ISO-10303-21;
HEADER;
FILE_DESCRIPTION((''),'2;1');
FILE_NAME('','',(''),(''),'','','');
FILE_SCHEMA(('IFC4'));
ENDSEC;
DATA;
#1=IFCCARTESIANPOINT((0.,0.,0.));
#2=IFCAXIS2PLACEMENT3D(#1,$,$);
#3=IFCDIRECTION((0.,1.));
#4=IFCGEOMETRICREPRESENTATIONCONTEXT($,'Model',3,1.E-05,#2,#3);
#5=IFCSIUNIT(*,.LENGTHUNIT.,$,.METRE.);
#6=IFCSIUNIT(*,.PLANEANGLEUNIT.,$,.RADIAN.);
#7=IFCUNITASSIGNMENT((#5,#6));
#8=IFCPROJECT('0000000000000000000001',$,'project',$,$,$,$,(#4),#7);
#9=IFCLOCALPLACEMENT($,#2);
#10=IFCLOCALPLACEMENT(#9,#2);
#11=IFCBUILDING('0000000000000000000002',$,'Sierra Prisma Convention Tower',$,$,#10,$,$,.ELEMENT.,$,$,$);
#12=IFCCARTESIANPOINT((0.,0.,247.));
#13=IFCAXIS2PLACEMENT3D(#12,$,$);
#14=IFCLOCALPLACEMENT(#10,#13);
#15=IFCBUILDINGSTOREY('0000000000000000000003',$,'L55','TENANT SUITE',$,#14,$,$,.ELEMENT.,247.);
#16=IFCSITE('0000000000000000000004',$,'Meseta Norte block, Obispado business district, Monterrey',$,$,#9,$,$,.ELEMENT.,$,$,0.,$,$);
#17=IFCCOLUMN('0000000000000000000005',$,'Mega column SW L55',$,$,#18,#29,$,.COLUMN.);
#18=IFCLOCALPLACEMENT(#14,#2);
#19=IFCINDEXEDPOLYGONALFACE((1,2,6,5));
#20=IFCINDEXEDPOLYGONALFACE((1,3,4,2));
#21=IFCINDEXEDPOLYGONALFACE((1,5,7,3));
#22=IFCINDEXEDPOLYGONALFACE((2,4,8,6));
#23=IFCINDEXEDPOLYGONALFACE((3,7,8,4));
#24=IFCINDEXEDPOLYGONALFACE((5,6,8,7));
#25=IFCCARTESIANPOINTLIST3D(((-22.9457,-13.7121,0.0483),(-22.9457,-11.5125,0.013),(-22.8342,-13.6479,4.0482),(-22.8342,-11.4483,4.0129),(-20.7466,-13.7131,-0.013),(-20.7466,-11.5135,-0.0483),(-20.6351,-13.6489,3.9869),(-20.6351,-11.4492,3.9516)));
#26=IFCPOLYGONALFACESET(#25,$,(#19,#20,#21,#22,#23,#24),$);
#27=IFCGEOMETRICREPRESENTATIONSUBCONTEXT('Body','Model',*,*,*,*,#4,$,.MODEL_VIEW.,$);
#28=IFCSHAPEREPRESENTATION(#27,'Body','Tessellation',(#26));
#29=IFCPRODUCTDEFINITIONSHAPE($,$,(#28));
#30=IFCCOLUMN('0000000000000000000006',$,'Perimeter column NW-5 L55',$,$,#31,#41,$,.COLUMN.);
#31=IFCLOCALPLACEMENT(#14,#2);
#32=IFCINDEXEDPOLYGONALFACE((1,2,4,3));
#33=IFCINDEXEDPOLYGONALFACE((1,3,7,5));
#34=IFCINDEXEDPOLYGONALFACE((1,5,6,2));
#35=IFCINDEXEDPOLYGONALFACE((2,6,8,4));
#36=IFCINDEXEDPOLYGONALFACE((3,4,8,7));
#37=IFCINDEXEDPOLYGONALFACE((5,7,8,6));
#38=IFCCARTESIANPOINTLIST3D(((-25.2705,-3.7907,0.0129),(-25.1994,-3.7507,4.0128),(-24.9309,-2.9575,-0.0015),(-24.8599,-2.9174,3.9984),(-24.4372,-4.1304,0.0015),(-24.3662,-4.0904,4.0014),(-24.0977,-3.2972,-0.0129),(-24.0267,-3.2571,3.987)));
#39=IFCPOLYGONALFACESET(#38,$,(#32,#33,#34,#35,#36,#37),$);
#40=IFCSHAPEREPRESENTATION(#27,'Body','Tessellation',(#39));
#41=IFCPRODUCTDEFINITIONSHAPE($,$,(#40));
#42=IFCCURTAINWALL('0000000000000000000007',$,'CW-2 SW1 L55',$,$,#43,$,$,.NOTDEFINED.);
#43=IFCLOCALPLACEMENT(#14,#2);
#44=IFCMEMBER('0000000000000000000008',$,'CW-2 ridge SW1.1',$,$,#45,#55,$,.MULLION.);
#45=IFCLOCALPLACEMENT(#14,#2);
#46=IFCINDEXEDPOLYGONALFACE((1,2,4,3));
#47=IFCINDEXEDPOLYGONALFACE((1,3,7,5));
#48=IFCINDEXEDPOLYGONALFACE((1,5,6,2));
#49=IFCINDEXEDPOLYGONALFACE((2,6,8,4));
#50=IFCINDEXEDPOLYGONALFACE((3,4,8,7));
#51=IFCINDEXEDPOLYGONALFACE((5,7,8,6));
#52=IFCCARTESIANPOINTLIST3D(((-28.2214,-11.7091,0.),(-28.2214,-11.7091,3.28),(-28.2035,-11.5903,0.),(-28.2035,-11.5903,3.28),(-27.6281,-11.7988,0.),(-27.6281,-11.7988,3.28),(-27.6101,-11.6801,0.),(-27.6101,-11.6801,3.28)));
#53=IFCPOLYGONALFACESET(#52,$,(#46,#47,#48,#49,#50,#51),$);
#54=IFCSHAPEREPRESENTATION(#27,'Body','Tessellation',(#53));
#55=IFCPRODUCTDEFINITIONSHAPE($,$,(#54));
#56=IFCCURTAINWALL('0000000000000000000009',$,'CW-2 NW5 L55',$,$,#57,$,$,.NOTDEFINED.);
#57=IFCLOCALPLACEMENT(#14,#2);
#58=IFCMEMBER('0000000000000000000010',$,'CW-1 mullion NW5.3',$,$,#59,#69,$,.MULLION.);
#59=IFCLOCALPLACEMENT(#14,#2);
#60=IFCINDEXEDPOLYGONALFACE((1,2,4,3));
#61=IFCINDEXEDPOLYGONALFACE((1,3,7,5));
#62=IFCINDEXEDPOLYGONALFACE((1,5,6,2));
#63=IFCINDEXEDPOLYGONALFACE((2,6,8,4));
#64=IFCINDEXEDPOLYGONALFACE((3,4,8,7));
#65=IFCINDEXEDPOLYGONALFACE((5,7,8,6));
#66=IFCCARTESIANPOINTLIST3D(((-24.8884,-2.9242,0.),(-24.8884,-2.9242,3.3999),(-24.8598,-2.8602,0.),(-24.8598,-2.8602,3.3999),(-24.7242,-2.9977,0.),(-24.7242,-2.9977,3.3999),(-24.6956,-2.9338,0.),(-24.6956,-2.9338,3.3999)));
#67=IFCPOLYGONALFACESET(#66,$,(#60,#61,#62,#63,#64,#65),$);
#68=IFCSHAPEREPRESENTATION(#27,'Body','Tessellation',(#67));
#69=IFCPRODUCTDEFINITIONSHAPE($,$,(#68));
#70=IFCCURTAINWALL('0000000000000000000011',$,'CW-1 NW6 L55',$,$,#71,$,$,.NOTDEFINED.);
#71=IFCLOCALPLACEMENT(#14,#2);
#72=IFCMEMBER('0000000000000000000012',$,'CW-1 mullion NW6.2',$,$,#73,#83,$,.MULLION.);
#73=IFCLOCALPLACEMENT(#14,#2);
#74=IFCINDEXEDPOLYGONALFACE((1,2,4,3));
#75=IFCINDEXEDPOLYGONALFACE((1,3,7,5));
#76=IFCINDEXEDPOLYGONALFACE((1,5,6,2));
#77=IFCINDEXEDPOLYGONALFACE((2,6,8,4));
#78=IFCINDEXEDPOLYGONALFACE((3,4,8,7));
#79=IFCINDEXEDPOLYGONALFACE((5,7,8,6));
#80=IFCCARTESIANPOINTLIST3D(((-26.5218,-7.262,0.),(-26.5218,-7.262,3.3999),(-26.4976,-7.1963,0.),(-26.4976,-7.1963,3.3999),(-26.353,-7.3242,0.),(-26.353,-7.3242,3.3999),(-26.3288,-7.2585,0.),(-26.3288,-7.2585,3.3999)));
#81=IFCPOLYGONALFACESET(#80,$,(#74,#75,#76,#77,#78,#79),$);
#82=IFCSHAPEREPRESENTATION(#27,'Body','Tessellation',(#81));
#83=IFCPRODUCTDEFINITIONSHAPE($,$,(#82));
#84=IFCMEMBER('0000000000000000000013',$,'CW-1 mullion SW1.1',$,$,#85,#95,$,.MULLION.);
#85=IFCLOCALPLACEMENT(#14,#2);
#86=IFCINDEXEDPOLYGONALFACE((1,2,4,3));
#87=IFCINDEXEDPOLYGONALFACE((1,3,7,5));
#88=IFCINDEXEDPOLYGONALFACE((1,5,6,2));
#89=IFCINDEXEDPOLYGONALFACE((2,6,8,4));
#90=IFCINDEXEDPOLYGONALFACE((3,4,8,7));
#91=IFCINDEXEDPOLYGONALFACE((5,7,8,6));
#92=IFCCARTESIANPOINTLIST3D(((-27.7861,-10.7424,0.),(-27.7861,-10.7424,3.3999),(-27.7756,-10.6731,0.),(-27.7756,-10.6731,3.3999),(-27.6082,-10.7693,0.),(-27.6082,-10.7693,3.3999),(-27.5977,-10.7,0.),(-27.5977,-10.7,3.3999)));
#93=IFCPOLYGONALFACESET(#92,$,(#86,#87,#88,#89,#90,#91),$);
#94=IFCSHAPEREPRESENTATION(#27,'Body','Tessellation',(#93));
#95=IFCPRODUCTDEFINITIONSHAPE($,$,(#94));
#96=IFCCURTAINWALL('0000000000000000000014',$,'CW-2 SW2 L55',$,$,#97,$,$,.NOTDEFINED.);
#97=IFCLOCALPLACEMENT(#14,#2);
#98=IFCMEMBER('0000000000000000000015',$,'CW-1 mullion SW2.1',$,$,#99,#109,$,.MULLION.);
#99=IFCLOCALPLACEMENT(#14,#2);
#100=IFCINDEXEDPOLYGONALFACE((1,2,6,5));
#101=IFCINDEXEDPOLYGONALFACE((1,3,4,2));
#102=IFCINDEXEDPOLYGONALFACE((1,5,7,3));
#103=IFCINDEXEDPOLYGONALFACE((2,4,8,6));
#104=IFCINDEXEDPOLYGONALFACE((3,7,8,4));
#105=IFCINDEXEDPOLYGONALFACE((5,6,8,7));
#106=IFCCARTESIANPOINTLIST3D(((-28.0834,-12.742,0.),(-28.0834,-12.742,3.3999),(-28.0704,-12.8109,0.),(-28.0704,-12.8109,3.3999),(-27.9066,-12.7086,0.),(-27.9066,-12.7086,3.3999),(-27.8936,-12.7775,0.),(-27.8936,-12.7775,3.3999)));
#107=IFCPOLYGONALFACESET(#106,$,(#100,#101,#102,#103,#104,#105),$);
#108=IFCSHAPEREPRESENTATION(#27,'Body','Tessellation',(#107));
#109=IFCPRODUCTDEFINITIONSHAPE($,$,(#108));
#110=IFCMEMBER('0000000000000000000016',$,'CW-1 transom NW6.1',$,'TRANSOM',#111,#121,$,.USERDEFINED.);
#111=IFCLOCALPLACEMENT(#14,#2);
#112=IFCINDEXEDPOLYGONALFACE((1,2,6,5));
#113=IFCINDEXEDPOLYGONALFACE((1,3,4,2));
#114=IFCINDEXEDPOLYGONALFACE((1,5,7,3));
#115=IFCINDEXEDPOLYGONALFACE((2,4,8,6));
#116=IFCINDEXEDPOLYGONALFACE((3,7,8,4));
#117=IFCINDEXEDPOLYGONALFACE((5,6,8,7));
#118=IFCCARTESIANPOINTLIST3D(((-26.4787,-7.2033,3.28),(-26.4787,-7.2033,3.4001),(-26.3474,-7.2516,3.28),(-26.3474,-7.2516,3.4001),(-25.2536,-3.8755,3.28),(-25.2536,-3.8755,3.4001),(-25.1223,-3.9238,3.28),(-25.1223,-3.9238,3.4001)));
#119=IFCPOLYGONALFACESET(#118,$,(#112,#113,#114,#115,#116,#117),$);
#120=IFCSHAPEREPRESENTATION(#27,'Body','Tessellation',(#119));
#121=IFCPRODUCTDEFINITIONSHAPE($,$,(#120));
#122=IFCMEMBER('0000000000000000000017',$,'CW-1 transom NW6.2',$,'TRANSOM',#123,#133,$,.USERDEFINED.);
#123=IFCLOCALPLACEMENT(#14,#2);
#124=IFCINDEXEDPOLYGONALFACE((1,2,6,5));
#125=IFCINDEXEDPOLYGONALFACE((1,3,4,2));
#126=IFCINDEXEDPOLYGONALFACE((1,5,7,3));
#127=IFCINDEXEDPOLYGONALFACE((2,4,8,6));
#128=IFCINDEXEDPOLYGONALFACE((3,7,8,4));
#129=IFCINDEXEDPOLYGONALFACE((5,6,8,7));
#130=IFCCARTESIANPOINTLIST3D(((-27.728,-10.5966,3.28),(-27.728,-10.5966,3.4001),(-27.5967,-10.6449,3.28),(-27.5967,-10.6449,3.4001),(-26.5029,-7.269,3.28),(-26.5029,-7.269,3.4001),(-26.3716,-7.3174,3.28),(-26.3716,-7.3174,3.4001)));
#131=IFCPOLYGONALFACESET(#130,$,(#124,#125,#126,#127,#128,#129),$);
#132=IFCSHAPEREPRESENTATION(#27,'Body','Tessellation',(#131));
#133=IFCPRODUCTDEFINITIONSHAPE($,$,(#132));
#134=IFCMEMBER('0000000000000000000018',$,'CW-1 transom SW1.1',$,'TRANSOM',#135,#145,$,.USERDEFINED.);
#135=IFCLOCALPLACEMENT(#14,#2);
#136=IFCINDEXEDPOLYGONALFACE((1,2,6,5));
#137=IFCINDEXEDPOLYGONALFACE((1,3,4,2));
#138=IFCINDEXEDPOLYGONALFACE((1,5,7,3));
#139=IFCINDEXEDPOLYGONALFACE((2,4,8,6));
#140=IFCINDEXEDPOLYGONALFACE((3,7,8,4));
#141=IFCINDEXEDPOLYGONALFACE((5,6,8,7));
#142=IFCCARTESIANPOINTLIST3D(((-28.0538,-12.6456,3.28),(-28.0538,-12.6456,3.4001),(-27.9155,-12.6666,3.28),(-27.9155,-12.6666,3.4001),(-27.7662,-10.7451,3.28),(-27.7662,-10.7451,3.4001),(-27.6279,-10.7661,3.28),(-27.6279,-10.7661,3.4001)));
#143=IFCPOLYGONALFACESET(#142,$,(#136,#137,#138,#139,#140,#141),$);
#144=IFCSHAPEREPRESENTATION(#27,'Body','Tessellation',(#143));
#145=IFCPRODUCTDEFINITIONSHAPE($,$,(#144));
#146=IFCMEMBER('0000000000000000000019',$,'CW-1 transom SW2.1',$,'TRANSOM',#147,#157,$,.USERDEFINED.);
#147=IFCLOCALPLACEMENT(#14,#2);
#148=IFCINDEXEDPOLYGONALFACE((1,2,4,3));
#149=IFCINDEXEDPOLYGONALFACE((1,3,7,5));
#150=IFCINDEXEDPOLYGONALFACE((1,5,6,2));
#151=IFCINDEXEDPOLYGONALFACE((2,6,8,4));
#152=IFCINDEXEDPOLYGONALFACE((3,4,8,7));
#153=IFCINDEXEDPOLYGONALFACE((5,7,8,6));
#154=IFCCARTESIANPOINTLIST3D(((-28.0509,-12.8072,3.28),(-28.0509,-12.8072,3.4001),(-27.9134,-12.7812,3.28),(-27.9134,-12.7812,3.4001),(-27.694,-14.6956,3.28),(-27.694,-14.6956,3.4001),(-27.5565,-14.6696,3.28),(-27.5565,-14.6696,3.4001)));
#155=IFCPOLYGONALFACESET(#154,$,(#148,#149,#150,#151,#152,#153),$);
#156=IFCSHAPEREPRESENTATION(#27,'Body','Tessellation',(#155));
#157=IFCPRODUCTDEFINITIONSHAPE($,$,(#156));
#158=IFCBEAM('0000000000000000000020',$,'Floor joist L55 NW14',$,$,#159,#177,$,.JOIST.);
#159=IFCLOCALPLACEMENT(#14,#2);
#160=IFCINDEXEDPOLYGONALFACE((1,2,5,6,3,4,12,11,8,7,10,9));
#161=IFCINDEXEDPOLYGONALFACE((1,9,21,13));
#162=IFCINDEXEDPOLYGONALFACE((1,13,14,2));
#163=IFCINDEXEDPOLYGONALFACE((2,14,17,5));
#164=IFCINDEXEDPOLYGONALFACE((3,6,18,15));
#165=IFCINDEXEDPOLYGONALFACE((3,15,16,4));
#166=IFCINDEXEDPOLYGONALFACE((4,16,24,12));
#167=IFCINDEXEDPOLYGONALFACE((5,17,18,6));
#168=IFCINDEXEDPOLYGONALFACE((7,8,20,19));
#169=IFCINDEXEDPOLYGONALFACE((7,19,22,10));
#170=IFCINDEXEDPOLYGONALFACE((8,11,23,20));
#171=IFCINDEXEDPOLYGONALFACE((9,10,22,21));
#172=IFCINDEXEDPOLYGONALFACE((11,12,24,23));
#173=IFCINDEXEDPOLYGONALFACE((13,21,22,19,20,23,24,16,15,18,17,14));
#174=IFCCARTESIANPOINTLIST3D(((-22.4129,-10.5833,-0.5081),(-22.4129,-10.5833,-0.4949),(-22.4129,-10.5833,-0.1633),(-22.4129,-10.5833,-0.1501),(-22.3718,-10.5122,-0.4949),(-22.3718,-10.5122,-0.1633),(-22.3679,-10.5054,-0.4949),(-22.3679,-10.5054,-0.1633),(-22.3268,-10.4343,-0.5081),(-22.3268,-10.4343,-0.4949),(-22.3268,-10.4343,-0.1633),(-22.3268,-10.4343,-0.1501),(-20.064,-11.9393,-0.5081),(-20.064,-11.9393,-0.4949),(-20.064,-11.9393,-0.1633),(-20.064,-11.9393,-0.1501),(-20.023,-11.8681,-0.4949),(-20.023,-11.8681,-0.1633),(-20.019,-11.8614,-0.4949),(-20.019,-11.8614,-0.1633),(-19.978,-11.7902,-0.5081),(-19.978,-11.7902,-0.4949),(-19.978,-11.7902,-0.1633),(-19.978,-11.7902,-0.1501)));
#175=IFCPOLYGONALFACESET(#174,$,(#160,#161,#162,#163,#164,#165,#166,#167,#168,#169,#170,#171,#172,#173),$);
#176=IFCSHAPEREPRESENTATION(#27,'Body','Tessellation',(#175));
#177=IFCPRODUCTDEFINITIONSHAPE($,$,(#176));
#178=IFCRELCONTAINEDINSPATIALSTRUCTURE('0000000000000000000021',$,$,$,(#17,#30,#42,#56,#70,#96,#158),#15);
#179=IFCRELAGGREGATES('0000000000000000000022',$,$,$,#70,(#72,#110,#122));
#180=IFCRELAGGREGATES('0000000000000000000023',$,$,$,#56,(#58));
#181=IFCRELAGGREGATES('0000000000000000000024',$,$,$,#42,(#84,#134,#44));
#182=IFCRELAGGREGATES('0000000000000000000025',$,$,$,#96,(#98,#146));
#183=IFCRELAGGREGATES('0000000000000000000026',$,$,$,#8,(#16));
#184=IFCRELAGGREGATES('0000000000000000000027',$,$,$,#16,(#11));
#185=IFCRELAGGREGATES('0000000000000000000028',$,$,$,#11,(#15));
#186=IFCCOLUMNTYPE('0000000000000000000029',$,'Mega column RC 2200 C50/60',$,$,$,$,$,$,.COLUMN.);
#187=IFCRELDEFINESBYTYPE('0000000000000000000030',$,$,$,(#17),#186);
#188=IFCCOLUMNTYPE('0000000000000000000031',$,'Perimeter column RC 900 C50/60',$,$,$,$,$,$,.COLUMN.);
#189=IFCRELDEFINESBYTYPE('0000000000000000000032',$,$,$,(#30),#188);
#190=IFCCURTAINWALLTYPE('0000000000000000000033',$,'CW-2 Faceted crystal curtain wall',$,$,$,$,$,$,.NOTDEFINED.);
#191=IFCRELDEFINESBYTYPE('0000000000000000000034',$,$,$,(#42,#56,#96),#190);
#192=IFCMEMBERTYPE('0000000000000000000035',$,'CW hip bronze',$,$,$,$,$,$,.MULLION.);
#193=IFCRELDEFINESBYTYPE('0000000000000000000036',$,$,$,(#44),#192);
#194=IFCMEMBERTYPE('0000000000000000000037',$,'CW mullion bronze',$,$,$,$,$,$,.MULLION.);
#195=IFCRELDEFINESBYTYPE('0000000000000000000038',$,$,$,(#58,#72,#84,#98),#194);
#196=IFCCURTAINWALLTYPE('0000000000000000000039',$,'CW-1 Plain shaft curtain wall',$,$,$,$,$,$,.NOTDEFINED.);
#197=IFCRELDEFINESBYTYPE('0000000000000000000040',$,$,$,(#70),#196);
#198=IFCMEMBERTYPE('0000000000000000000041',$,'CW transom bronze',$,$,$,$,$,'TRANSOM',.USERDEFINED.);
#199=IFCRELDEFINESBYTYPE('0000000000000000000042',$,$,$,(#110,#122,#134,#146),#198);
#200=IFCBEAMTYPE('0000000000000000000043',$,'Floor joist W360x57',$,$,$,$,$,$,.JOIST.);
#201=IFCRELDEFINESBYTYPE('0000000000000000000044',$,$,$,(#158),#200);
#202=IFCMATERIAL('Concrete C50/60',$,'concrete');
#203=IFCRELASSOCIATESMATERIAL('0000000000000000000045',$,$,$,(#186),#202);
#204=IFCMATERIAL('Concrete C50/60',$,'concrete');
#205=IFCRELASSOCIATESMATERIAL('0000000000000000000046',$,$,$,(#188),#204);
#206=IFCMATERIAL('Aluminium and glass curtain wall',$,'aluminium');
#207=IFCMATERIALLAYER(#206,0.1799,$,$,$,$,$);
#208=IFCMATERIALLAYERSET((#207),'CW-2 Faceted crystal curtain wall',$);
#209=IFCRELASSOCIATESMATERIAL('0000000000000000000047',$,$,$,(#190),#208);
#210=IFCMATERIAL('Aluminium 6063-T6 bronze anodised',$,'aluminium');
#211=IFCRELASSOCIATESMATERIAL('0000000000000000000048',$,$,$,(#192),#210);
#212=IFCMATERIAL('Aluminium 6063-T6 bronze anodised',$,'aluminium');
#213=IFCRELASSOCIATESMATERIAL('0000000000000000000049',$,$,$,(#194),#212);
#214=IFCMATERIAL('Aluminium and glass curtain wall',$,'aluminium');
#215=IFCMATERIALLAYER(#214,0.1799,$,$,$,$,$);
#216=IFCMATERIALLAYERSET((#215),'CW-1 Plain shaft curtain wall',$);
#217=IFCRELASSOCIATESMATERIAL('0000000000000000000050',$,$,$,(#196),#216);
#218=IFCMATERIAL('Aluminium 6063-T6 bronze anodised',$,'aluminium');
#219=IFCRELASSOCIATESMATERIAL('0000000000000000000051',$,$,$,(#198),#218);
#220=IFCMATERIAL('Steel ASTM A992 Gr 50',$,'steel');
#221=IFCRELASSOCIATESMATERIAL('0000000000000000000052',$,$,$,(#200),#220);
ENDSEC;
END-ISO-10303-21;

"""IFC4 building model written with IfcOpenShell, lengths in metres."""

from ifc_helpers import new_model, si_unit, direction, frame, origin, origin_2d, place, context, subcontext, project, spatial, rectangle, i_section, extrude, material, layer, layer_set, material_profile, profile_set, type_object, element, aggregate, save


model = new_model("IFC4")

# Units and contexts
model_context = context("Model", 3, precision=1e-05, world=origin(), true_north=direction((0.0, 1.0)))
body_context = subcontext(model_context, "Body", "Model", "MODEL_VIEW")
ifc_project = project(units=[si_unit("LENGTHUNIT", "METRE"), si_unit("PLANEANGLEUNIT", "RADIAN")], contexts=[model_context])

# Site, building, storey
site_placement = place(None, origin())
site = spatial("IfcSite", under=ifc_project, at=site_placement, Name="Meseta Norte block, Obispado business district, Monterrey", CompositionType="ELEMENT", RefElevation=0.0)
building_placement = place(site_placement, origin())
building = spatial("IfcBuilding", under=site, at=building_placement, Name="Sierra Prisma Convention Tower", CompositionType="ELEMENT")
storey_placement = place(building_placement, frame((0.0, 0.0, 247.0)))
storey = spatial("IfcBuildingStorey", under=building, at=storey_placement, Name="L55", Description="TENANT SUITE", CompositionType="ELEMENT", Elevation=247.0)

# Columns
ifc_material_1 = material(Name="Concrete C50/60", Category="concrete")
ifc_material_profile_1 = material_profile(ifc_material_1, rectangle(XDim=2.2, YDim=2.2, at=origin_2d()), Name="Mega column RC 2200 C50/60")
ifc_profile_set_1 = profile_set([ifc_material_profile_1], Name="Concrete C50/60")
column_type_1 = type_object("IfcColumnType", Name="Mega column RC 2200 C50/60", PredefinedType="COLUMN", material=ifc_profile_set_1)
column_1_placement = place(storey_placement, frame((-21.8462, -12.6128, 0.0), z_axis=(0.027879, 0.016044, 0.999483), x_axis=(0.999611, -0.000447, -0.027875)))
element("IfcColumn", 1, at=column_1_placement, inside=storey, type_object=column_type_1, Name="Mega column SW L55", PredefinedType="COLUMN", context=body_context, shape_type="SweptSolid", body=[
    extrude(rectangle(XDim=2.2, YDim=2.2, at=origin_2d()), origin(), (0.0, 0.0, 1.0), 4.002),
])
ifc_material_2 = material(Name="Concrete C50/60", Category="concrete")
ifc_material_profile_2 = material_profile(ifc_material_2, rectangle(XDim=0.8999, YDim=0.8999, at=origin_2d()), Name="Perimeter column RC 900 C50/60")
ifc_profile_set_2 = profile_set([ifc_material_profile_2], Name="Concrete C50/60")
column_type_2 = type_object("IfcColumnType", Name="Perimeter column RC 900 C50/60", PredefinedType="COLUMN", material=ifc_profile_set_2)
column_2_placement = place(storey_placement, frame((-24.6841, -3.5439, 0.0), z_axis=(0.017758, 0.010008, 0.999792), x_axis=(0.377288, 0.925958, -0.01597)))
element("IfcColumn", 2, at=column_2_placement, inside=storey, type_object=column_type_2, Name="Perimeter column NW-5 L55", PredefinedType="COLUMN", context=body_context, shape_type="SweptSolid", body=[
    extrude(rectangle(XDim=0.8999, YDim=0.8999, at=origin_2d()), origin(), (0.0, 0.0, 1.0), 4.0007),
])

# Curtain walls, members
ifc_material_3 = material(Name="Aluminium and glass curtain wall", Category="aluminium")
ifc_layer_1 = layer(ifc_material_3, 0.1799)
ifc_layer_set_1 = layer_set([ifc_layer_1], Name="CW-2 Faceted crystal curtain wall")
curtain_wall_type_1 = type_object("IfcCurtainWallType", Name="CW-2 Faceted crystal curtain wall", PredefinedType="NOTDEFINED", material=ifc_layer_set_1)
curtain_wall_1_placement = place(storey_placement, origin())
curtain_wall_1 = element("IfcCurtainWall", 3, at=curtain_wall_1_placement, inside=storey, type_object=curtain_wall_type_1, Name="CW-2 SW1 L55", PredefinedType="NOTDEFINED")
ifc_material_4 = material(Name="Aluminium 6063-T6 bronze anodised", Category="aluminium")
ifc_material_profile_3 = material_profile(ifc_material_4, rectangle(XDim=0.1201, YDim=0.6001, at=origin_2d()), Name="ALU RIDGE BLADE 120x600")
ifc_profile_set_3 = profile_set([ifc_material_profile_3], Name="Aluminium 6063-T6 bronze anodised")
member_type_1 = type_object("IfcMemberType", Name="CW hip bronze", PredefinedType="MULLION", material=ifc_profile_set_3)
member_1_placement = place(storey_placement, frame((-27.9158, -11.6946, 0.0), z_axis=(0.0, 0.0, 1.0), x_axis=(-0.149594, -0.988748, 0.0)))
member_1 = element("IfcMember", 4, at=member_1_placement, type_object=member_type_1, Name="CW-2 ridge SW1.1", PredefinedType="MULLION", context=body_context, shape_type="SweptSolid", body=[
    extrude(rectangle(XDim=0.1201, YDim=0.6001, at=origin_2d()), origin(), (0.0, 0.0, 1.0), 3.28),
])
curtain_wall_2_placement = place(storey_placement, origin())
curtain_wall_2 = element("IfcCurtainWall", 5, at=curtain_wall_2_placement, inside=storey, type_object=curtain_wall_type_1, Name="CW-2 NW5 L55", PredefinedType="NOTDEFINED")
ifc_material_5 = material(Name="Aluminium 6063-T6 bronze anodised", Category="aluminium")
ifc_material_profile_4 = material_profile(ifc_material_5, rectangle(XDim=0.1799, YDim=0.0701, at=origin_2d()), Name="ALU MULLION 70x180")
ifc_profile_set_4 = profile_set([ifc_material_profile_4], Name="Aluminium 6063-T6 bronze anodised")
member_type_2 = type_object("IfcMemberType", Name="CW mullion bronze", PredefinedType="MULLION", material=ifc_profile_set_4)
member_2_placement = place(storey_placement, frame((-24.792, -2.929, 0.0), z_axis=(0.0, 0.0, 1.0), x_axis=(0.912641, -0.408762, 0.0)))
member_2 = element("IfcMember", 6, at=member_2_placement, type_object=member_type_2, Name="CW-1 mullion NW5.3", PredefinedType="MULLION", context=body_context, shape_type="SweptSolid", body=[
    extrude(rectangle(XDim=0.1799, YDim=0.0701, at=origin_2d()), origin(), (0.0, 0.0, 1.0), 3.3999),
])
ifc_material_6 = material(Name="Aluminium and glass curtain wall", Category="aluminium")
ifc_layer_2 = layer(ifc_material_6, 0.1799)
ifc_layer_set_2 = layer_set([ifc_layer_2], Name="CW-1 Plain shaft curtain wall")
curtain_wall_type_2 = type_object("IfcCurtainWallType", Name="CW-1 Plain shaft curtain wall", PredefinedType="NOTDEFINED", material=ifc_layer_set_2)
curtain_wall_3_placement = place(storey_placement, origin())
curtain_wall_3 = element("IfcCurtainWall", 7, at=curtain_wall_3_placement, inside=storey, type_object=curtain_wall_type_2, Name="CW-1 NW6 L55", PredefinedType="NOTDEFINED")
member_3_placement = place(storey_placement, frame((-26.4253, -7.2603, 0.0), z_axis=(0.0, 0.0, 1.0), x_axis=(0.938422, -0.345492, 0.0)))
member_3 = element("IfcMember", 8, at=member_3_placement, type_object=member_type_2, Name="CW-1 mullion NW6.2", PredefinedType="MULLION", context=body_context, shape_type="SweptSolid", body=[
    extrude(rectangle(XDim=0.1799, YDim=0.0701, at=origin_2d()), origin(), (0.0, 0.0, 1.0), 3.3999),
])

# Member
member_4_placement = place(storey_placement, frame((-27.6919, -10.7212, 0.0), z_axis=(0.0, 0.0, 1.0), x_axis=(0.988748, -0.149594, 0.0)))
member_4 = element("IfcMember", 9, at=member_4_placement, type_object=member_type_2, Name="CW-1 mullion SW1.1", PredefinedType="MULLION", context=body_context, shape_type="SweptSolid", body=[
    extrude(rectangle(XDim=0.1799, YDim=0.0701, at=origin_2d()), origin(), (0.0, 0.0, 1.0), 3.3999),
])

# Curtain wall, member
curtain_wall_4_placement = place(storey_placement, origin())
curtain_wall_4 = element("IfcCurtainWall", 10, at=curtain_wall_4_placement, inside=storey, type_object=curtain_wall_type_1, Name="CW-2 SW2 L55", PredefinedType="NOTDEFINED")
member_5_placement = place(storey_placement, frame((-27.9885, -12.7598, 0.0), z_axis=(0.0, 0.0, 1.0), x_axis=(0.982618, 0.185638, 0.0)))
member_5 = element("IfcMember", 11, at=member_5_placement, type_object=member_type_2, Name="CW-1 mullion SW2.1", PredefinedType="MULLION", context=body_context, shape_type="SweptSolid", body=[
    extrude(rectangle(XDim=0.1799, YDim=0.0701, at=origin_2d()), origin(), (0.0, 0.0, 1.0), 3.3999),
])

# Members
ifc_material_7 = material(Name="Aluminium 6063-T6 bronze anodised", Category="aluminium")
ifc_material_profile_5 = material_profile(ifc_material_7, rectangle(XDim=0.1399, YDim=0.1201, at=origin_2d()), Name="ALU TRANSOM 120x140")
ifc_profile_set_5 = profile_set([ifc_material_profile_5], Name="Aluminium 6063-T6 bronze anodised")
member_type_3 = type_object("IfcMemberType", Name="CW transom bronze", ElementType="TRANSOM", PredefinedType="USERDEFINED", material=ifc_profile_set_5)
member_6_placement = place(storey_placement, frame((-25.188, -3.8997, 3.3401), z_axis=(-0.345466, -0.938431, 0.0), x_axis=(0.938431, -0.345466, 0.0)))
member_6 = element("IfcMember", 12, at=member_6_placement, type_object=member_type_3, Name="CW-1 transom NW6.1", ObjectType="TRANSOM", PredefinedType="USERDEFINED", context=body_context, shape_type="SweptSolid", body=[
    extrude(rectangle(XDim=0.1399, YDim=0.1201, at=origin_2d()), origin(), (0.0, 0.0, 1.0), 3.5461),
])
member_7_placement = place(storey_placement, frame((-26.4373, -7.2932, 3.3401), z_axis=(-0.345488, -0.938423, 0.0), x_axis=(0.938423, -0.345488, 0.0)))
member_7 = element("IfcMember", 13, at=member_7_placement, type_object=member_type_3, Name="CW-1 transom NW6.2", ObjectType="TRANSOM", PredefinedType="USERDEFINED", context=body_context, shape_type="SweptSolid", body=[
    extrude(rectangle(XDim=0.1399, YDim=0.1201, at=origin_2d()), origin(), (0.0, 0.0, 1.0), 3.5459),
])
member_8_placement = place(storey_placement, frame((-27.697, -10.7556, 3.3401), z_axis=(-0.149632, -0.988742, 0.0), x_axis=(0.988742, -0.149632, 0.0)))
member_8 = element("IfcMember", 14, at=member_8_placement, type_object=member_type_3, Name="CW-1 transom SW1.1", ObjectType="TRANSOM", PredefinedType="USERDEFINED", context=body_context, shape_type="SweptSolid", body=[
    extrude(rectangle(XDim=0.1399, YDim=0.1201, at=origin_2d()), origin(), (0.0, 0.0, 1.0), 1.9221),
])
member_9_placement = place(storey_placement, frame((-27.9822, -12.7942, 3.3401), z_axis=(0.185723, -0.982602, 0.0), x_axis=(0.982602, 0.185723, 0.0)))
member_9 = element("IfcMember", 15, at=member_9_placement, type_object=member_type_3, Name="CW-1 transom SW2.1", ObjectType="TRANSOM", PredefinedType="USERDEFINED", context=body_context, shape_type="SweptSolid", body=[
    extrude(rectangle(XDim=0.1399, YDim=0.1201, at=origin_2d()), origin(), (0.0, 0.0, 1.0), 1.9219),
])

# Beam
ifc_material_8 = material(Name="Steel ASTM A992 Gr 50", Category="steel")
ifc_material_profile_6 = material_profile(ifc_material_8, i_section(OverallWidth=0.1721, OverallDepth=0.3579, WebThickness=0.0078, FlangeThickness=0.0132, at=origin_2d()), Name="W360x57")
ifc_profile_set_6 = profile_set([ifc_material_profile_6], Name="Steel ASTM A992 Gr 50")
beam_type_1 = type_object("IfcBeamType", Name="Floor joist W360x57", PredefinedType="JOIST", material=ifc_profile_set_6)
beam_1_placement = place(storey_placement, frame((-22.3699, -10.5088, -0.3291), z_axis=(0.866052, -0.499954, 0.0), x_axis=(0.499954, 0.866052, 0.0)))
element("IfcBeam", 16, at=beam_1_placement, inside=storey, type_object=beam_type_1, Name="Floor joist L55 NW14", PredefinedType="JOIST", context=body_context, shape_type="SweptSolid", body=[
    extrude(i_section(OverallWidth=0.1721, OverallDepth=0.3579, WebThickness=0.0078, FlangeThickness=0.0132, at=origin_2d()), origin(), (0.0, 0.0, 1.0), 2.7122),
])

aggregate(curtain_wall_3, [member_3, member_6, member_7])
aggregate(curtain_wall_2, [member_2])
aggregate(curtain_wall_1, [member_4, member_8, member_1])
aggregate(curtain_wall_4, [member_5, member_9])

save(model, "model.ifc")
